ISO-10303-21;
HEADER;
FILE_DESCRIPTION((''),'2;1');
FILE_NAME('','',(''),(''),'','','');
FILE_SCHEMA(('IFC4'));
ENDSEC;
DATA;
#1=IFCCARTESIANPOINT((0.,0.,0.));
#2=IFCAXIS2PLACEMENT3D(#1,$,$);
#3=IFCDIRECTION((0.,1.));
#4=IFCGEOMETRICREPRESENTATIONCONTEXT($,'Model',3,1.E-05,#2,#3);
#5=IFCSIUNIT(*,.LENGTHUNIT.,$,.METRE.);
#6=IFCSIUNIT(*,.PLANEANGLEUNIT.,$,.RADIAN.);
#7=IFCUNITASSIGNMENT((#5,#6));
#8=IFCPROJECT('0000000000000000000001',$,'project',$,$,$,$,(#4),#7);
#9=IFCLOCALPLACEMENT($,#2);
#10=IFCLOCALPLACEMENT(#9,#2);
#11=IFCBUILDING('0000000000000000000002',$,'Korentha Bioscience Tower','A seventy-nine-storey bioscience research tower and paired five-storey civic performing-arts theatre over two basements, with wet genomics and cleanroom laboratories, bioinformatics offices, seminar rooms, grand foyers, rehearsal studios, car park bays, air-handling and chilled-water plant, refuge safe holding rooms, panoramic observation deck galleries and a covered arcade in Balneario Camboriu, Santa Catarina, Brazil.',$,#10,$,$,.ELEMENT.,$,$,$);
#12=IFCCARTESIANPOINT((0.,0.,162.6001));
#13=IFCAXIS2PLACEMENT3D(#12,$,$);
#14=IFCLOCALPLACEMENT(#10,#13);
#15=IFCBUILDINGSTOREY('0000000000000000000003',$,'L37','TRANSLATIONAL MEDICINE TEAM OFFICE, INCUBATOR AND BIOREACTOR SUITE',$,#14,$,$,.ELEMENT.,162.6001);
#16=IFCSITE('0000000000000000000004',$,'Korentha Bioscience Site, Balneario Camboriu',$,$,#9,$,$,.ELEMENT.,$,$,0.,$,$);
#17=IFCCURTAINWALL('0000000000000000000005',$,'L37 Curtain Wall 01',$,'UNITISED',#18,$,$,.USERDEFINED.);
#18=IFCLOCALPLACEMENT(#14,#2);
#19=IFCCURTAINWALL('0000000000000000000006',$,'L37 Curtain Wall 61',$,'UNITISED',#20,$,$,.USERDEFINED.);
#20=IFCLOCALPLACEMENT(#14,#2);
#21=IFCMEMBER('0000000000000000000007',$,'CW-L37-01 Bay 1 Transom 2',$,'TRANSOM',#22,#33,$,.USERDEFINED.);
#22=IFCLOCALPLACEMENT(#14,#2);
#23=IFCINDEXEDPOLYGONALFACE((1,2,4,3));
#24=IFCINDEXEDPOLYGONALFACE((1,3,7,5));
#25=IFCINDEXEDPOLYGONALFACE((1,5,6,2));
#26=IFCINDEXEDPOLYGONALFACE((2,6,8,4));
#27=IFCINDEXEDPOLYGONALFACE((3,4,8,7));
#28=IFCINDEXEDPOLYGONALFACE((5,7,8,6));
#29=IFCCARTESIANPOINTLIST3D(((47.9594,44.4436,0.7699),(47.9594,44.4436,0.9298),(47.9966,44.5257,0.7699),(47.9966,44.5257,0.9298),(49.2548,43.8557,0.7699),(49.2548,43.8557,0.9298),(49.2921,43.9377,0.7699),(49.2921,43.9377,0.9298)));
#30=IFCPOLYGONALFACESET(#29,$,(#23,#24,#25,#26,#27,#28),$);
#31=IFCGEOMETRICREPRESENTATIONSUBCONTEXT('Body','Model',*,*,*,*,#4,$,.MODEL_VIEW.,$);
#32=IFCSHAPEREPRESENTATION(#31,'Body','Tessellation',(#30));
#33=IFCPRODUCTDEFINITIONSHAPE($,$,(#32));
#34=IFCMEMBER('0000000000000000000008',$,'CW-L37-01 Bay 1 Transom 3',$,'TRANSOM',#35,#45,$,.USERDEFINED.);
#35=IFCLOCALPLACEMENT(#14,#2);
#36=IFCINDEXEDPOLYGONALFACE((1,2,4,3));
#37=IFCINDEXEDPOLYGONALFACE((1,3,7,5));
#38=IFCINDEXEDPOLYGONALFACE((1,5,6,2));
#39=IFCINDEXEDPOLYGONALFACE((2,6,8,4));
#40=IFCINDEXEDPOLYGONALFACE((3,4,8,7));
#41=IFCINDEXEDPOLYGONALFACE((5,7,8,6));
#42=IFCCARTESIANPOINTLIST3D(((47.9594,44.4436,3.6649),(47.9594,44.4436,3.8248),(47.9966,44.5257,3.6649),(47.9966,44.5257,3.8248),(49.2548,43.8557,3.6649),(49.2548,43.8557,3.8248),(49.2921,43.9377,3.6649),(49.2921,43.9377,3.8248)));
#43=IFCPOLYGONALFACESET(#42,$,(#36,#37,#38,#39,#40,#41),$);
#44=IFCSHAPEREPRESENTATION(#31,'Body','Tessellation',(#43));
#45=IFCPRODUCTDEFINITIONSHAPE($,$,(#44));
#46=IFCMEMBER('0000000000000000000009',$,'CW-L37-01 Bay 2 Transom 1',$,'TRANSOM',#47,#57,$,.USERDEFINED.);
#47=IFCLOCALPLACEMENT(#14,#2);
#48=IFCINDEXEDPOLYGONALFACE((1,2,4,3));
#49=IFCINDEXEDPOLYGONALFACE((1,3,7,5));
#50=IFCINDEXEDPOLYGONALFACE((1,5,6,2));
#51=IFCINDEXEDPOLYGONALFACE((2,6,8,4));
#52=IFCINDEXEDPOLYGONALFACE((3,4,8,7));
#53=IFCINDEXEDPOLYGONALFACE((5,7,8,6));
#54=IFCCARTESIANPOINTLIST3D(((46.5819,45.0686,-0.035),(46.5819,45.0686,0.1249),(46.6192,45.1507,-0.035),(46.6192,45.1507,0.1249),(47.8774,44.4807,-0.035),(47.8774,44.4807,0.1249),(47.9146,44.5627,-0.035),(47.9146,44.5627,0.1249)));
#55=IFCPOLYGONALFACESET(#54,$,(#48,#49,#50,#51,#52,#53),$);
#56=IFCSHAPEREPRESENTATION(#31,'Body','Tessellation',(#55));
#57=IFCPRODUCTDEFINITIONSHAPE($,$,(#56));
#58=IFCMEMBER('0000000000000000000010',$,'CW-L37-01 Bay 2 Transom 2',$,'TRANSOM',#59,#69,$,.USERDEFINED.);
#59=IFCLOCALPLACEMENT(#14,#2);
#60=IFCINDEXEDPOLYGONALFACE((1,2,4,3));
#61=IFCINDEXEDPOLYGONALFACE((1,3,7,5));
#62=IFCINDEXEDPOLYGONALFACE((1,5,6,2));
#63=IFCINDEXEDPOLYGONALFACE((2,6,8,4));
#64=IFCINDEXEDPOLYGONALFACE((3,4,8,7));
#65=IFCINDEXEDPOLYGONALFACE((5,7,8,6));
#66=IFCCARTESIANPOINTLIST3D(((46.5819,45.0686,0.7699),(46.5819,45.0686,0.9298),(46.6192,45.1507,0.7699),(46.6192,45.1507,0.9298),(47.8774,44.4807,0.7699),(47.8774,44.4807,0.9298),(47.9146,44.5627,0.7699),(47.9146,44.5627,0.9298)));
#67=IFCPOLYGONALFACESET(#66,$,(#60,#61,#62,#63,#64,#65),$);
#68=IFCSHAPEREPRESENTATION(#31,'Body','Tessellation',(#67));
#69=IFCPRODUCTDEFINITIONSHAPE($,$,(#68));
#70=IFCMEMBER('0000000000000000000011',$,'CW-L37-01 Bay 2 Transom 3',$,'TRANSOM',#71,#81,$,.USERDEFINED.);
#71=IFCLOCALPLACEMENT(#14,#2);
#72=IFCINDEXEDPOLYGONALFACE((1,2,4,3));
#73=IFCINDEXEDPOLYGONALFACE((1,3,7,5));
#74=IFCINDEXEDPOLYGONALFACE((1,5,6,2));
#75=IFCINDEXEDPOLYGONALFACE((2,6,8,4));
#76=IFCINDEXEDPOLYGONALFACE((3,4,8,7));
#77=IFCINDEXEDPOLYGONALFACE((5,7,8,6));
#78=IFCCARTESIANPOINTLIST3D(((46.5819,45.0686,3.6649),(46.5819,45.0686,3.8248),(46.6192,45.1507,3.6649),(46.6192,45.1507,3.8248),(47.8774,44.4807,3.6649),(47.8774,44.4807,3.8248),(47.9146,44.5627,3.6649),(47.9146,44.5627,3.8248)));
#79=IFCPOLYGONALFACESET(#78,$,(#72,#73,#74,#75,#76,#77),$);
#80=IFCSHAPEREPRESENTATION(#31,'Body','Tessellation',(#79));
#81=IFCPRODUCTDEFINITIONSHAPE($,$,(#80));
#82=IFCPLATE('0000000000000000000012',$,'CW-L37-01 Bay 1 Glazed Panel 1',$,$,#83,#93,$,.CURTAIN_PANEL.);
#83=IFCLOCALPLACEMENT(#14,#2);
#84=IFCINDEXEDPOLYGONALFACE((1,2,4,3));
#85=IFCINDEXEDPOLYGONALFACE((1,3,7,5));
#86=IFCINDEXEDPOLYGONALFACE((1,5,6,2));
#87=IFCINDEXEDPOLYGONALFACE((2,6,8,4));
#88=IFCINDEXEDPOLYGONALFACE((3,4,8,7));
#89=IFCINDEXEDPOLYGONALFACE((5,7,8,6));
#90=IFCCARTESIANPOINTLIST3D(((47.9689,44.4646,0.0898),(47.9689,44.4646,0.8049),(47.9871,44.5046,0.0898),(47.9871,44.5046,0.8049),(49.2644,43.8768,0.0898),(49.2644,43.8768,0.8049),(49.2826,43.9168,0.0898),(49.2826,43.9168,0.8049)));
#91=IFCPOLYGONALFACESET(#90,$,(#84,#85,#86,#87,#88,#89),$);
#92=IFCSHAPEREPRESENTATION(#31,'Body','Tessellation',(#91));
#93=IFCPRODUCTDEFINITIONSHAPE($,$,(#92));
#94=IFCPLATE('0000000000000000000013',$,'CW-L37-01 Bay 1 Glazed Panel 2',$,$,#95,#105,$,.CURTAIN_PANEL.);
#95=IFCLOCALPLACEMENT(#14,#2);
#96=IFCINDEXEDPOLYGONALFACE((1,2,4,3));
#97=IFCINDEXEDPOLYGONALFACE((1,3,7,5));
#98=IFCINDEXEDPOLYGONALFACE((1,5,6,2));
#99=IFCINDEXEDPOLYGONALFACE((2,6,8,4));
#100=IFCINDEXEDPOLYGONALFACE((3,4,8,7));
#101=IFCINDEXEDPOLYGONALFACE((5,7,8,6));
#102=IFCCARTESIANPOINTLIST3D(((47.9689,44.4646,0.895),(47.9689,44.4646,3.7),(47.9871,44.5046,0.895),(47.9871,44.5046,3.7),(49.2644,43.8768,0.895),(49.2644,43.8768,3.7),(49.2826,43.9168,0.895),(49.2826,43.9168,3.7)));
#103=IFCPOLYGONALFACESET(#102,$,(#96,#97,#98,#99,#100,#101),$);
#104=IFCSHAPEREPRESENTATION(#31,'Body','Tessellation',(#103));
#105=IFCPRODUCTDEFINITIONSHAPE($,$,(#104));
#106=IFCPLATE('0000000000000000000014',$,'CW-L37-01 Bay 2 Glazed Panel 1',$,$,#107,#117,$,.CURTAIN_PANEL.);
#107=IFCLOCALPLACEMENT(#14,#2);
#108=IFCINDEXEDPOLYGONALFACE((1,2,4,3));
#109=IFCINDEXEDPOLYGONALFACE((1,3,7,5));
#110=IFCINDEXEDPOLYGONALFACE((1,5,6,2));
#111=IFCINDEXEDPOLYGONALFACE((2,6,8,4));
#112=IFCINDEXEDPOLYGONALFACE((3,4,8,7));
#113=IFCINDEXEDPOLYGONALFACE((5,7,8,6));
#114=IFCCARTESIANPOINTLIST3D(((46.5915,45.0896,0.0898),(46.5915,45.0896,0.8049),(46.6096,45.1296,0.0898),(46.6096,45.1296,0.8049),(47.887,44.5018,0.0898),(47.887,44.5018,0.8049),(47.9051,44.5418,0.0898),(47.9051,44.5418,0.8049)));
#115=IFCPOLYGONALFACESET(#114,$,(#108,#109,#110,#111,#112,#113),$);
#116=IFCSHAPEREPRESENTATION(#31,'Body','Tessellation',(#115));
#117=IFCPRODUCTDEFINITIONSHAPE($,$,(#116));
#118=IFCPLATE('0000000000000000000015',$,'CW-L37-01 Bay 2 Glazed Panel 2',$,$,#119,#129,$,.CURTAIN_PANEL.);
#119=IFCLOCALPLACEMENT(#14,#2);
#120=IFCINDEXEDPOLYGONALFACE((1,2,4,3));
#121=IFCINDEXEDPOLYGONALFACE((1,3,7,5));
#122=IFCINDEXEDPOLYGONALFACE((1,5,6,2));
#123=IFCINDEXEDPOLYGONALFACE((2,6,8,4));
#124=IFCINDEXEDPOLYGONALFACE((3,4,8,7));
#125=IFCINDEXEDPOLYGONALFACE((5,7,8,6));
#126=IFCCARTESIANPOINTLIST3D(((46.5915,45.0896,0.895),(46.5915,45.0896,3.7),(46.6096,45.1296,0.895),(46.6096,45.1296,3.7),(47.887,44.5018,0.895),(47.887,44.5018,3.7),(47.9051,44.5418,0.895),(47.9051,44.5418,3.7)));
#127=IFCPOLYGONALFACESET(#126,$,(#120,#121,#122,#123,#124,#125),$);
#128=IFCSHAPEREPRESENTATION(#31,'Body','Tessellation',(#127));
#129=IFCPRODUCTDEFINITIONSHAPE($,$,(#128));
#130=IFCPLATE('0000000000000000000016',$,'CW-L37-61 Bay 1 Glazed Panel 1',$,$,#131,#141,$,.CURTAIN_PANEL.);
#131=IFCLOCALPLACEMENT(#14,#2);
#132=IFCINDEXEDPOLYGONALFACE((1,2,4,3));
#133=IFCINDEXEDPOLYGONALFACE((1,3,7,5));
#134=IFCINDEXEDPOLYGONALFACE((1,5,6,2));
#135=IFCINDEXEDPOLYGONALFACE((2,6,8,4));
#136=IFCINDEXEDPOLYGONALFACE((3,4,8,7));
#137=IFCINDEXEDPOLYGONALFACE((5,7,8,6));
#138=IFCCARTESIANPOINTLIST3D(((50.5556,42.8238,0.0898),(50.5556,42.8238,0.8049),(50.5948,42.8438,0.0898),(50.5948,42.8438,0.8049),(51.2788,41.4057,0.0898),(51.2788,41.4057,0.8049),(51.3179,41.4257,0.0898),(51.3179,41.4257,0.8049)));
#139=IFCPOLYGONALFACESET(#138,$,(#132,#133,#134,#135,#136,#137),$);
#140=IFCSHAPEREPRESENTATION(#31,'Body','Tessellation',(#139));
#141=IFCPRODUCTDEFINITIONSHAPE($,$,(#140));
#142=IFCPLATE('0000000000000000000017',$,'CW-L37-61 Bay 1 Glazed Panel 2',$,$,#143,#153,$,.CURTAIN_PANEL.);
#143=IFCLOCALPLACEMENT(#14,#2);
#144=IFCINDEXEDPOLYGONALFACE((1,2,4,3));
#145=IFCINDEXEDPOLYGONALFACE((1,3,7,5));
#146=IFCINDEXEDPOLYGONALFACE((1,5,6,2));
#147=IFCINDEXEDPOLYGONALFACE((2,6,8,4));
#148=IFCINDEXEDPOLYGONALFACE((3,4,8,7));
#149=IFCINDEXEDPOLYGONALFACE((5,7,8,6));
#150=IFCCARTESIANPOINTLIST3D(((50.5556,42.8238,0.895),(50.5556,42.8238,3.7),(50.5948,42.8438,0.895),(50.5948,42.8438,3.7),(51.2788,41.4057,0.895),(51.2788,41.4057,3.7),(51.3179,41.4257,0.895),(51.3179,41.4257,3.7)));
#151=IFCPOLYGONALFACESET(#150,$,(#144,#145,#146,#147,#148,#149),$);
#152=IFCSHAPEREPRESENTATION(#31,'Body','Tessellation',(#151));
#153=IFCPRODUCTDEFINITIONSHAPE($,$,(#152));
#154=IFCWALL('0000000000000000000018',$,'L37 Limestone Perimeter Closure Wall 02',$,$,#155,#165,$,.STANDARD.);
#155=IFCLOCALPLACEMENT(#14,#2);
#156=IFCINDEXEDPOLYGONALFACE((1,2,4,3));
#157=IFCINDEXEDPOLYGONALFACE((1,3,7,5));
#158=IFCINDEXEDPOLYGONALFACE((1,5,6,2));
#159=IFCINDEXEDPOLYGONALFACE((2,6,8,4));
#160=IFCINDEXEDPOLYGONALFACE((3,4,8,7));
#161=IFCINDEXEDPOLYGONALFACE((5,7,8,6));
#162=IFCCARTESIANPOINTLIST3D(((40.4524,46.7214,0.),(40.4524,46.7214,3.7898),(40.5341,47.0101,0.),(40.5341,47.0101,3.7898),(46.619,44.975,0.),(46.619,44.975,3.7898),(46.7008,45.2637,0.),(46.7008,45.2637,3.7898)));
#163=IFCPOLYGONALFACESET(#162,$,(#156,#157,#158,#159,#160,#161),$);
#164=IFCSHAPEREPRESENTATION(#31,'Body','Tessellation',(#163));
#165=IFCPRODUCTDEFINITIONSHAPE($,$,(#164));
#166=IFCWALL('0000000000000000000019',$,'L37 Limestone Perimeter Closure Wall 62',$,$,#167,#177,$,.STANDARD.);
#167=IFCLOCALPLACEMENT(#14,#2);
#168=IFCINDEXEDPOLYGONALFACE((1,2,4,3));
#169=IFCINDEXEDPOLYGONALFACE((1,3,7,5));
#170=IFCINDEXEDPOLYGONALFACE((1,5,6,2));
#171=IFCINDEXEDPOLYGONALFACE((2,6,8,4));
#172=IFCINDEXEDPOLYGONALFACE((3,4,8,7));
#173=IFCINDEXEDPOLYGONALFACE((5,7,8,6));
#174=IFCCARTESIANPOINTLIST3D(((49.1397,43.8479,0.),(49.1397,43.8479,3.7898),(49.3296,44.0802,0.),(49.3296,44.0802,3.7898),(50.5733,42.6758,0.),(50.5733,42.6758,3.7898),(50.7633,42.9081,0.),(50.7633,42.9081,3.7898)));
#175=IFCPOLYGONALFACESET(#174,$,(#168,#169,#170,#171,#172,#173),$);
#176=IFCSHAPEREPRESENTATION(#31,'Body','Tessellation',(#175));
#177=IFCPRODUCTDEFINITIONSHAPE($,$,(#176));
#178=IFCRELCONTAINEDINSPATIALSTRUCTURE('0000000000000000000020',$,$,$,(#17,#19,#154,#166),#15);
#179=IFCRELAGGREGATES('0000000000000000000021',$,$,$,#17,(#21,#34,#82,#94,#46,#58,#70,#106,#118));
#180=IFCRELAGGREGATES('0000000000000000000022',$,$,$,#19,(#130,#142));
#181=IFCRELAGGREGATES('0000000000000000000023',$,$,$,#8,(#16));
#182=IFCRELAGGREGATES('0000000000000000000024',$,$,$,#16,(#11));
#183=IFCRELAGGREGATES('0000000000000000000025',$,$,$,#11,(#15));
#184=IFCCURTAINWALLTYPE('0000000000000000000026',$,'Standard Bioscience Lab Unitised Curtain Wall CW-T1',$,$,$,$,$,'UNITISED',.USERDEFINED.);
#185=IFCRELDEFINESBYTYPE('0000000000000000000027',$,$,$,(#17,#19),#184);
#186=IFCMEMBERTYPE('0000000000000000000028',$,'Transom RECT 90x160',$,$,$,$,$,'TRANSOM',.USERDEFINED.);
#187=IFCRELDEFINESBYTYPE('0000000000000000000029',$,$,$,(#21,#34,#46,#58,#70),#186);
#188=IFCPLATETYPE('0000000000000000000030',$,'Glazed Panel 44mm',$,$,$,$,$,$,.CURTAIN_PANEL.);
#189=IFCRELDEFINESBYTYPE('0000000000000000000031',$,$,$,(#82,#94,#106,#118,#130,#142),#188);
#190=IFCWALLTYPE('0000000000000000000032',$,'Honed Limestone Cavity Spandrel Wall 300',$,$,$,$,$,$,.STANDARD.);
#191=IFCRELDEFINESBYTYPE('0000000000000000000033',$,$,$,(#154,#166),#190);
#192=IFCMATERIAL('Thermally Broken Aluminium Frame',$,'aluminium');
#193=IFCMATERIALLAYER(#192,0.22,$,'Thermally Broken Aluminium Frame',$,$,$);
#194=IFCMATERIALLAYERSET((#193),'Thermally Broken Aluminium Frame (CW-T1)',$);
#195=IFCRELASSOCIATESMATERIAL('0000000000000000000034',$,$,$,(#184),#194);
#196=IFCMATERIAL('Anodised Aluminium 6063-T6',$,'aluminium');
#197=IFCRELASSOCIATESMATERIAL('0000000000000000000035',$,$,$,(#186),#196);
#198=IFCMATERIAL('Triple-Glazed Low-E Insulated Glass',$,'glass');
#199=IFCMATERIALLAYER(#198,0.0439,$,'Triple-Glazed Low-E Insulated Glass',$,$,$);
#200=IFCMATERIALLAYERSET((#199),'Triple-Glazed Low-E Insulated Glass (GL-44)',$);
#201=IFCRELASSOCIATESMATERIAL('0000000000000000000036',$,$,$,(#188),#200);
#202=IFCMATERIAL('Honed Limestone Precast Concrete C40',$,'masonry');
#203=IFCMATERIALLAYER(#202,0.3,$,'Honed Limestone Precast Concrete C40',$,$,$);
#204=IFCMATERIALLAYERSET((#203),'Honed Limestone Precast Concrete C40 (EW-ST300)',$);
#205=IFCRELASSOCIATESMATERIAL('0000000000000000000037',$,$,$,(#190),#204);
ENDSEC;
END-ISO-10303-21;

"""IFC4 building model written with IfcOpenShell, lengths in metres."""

from ifc_helpers import new_model, si_unit, direction, frame, frame_2d, origin, origin_2d, place, context, subcontext, project, spatial, rectangle, extrude, material, layer, layer_set, material_profile, profile_set, type_object, element, aggregate, save


model = new_model("IFC4")

# Units and contexts
model_context = context("Model", 3, precision=1e-05, world=origin(), true_north=direction((0.0, 1.0)))
body_context = subcontext(model_context, "Body", "Model", "MODEL_VIEW")
ifc_project = project(units=[si_unit("LENGTHUNIT", "METRE"), si_unit("PLANEANGLEUNIT", "RADIAN")], contexts=[model_context])

# Site, building, storey
site_placement = place(None, origin())
site = spatial("IfcSite", under=ifc_project, at=site_placement, Name="Korentha Bioscience Site, Balneario Camboriu", CompositionType="ELEMENT", RefElevation=0.0)
building_placement = place(site_placement, origin())
building = spatial("IfcBuilding", under=site, at=building_placement, Name="Korentha Bioscience Tower", Description="A seventy-nine-storey bioscience research tower and paired five-storey civic performing-arts theatre over two basements, with wet genomics and cleanroom laboratories, bioinformatics offices, seminar rooms, grand foyers, rehearsal studios, car park bays, air-handling and chilled-water plant, refuge safe holding rooms, panoramic observation deck galleries and a covered arcade in Balneario Camboriu, Santa Catarina, Brazil.", CompositionType="ELEMENT")
storey_placement = place(building_placement, frame((0.0, 0.0, 162.6001)))
storey = spatial("IfcBuildingStorey", under=building, at=storey_placement, Name="L37", Description="TRANSLATIONAL MEDICINE TEAM OFFICE, INCUBATOR AND BIOREACTOR SUITE", CompositionType="ELEMENT", Elevation=162.6001)

# Curtain wall
ifc_material_1 = material(Name="Thermally Broken Aluminium Frame", Category="aluminium")
ifc_layer_1 = layer(ifc_material_1, 0.22, Name="Thermally Broken Aluminium Frame")
ifc_layer_set_1 = layer_set([ifc_layer_1], Name="Thermally Broken Aluminium Frame (CW-T1)")
curtain_wall_type = type_object("IfcCurtainWallType", Name="Standard Bioscience Lab Unitised Curtain Wall CW-T1", ElementType="UNITISED", PredefinedType="USERDEFINED", material=ifc_layer_set_1)
curtain_wall_1_placement = place(storey_placement, origin())
curtain_wall_1 = element("IfcCurtainWall", 1, at=curtain_wall_1_placement, inside=storey, type_object=curtain_wall_type, Name="L37 Curtain Wall 01", ObjectType="UNITISED", PredefinedType="USERDEFINED")
ifc_material_2 = material(Name="Anodised Aluminium 6063-T6", Category="aluminium")

# Curtain wall
curtain_wall_2_placement = place(storey_placement, origin())
curtain_wall_2 = element("IfcCurtainWall", 2, at=curtain_wall_2_placement, inside=storey, type_object=curtain_wall_type, Name="L37 Curtain Wall 61", ObjectType="UNITISED", PredefinedType="USERDEFINED")

# Members
ifc_material_profile_1 = material_profile(ifc_material_2, rectangle(XDim=0.0901, YDim=0.1599, at=origin_2d()), Name="Anodised Aluminium 6063-T6")
ifc_profile_set_1 = profile_set([ifc_material_profile_1], Name="Anodised Aluminium 6063-T6 (CW-TRN)")
member_type_1 = type_object("IfcMemberType", Name="Transom RECT 90x160", ElementType="TRANSOM", PredefinedType="USERDEFINED", material=ifc_profile_set_1)
member_1_placement = place(storey_placement, frame((49.2734, 43.8967, 0.8499), z_axis=(-0.910613, 0.41326, 0.0), x_axis=(-0.41326, -0.910613, 0.0)))
member_1 = element("IfcMember", 3, at=member_1_placement, type_object=member_type_1, Name="CW-L37-01 Bay 1 Transom 2", ObjectType="TRANSOM", PredefinedType="USERDEFINED", context=body_context, shape_type="SweptSolid", body=[
    extrude(rectangle(XDim=0.0901, YDim=0.1599, at=origin_2d()), origin(), (0.0, 0.0, 1.0), 1.4226),
])
member_2_placement = place(storey_placement, frame((49.2734, 43.8967, 3.7449), z_axis=(-0.910613, 0.41326, 0.0), x_axis=(-0.41326, -0.910613, 0.0)))
member_2 = element("IfcMember", 4, at=member_2_placement, type_object=member_type_1, Name="CW-L37-01 Bay 1 Transom 3", ObjectType="TRANSOM", PredefinedType="USERDEFINED", context=body_context, shape_type="SweptSolid", body=[
    extrude(rectangle(XDim=0.0901, YDim=0.1599, at=origin_2d()), origin(), (0.0, 0.0, 1.0), 1.4226),
])
member_3_placement = place(storey_placement, frame((47.896, 44.5217, 0.0449), z_axis=(-0.910613, 0.41326, 0.0), x_axis=(-0.41326, -0.910613, 0.0)))
member_3 = element("IfcMember", 5, at=member_3_placement, type_object=member_type_1, Name="CW-L37-01 Bay 2 Transom 1", ObjectType="TRANSOM", PredefinedType="USERDEFINED", context=body_context, shape_type="SweptSolid", body=[
    extrude(rectangle(XDim=0.0901, YDim=0.1599, at=origin_2d()), origin(), (0.0, 0.0, 1.0), 1.4226),
])
member_4_placement = place(storey_placement, frame((47.896, 44.5217, 0.8499), z_axis=(-0.910613, 0.41326, 0.0), x_axis=(-0.41326, -0.910613, 0.0)))
member_4 = element("IfcMember", 6, at=member_4_placement, type_object=member_type_1, Name="CW-L37-01 Bay 2 Transom 2", ObjectType="TRANSOM", PredefinedType="USERDEFINED", context=body_context, shape_type="SweptSolid", body=[
    extrude(rectangle(XDim=0.0901, YDim=0.1599, at=origin_2d()), origin(), (0.0, 0.0, 1.0), 1.4226),
])
member_5_placement = place(storey_placement, frame((47.896, 44.5217, 3.7449), z_axis=(-0.910613, 0.41326, 0.0), x_axis=(-0.41326, -0.910613, 0.0)))
member_5 = element("IfcMember", 7, at=member_5_placement, type_object=member_type_1, Name="CW-L37-01 Bay 2 Transom 3", ObjectType="TRANSOM", PredefinedType="USERDEFINED", context=body_context, shape_type="SweptSolid", body=[
    extrude(rectangle(XDim=0.0901, YDim=0.1599, at=origin_2d()), origin(), (0.0, 0.0, 1.0), 1.4226),
])

# Plates
ifc_material_3 = material(Name="Triple-Glazed Low-E Insulated Glass", Category="glass")
ifc_layer_2 = layer(ifc_material_3, 0.0439, Name="Triple-Glazed Low-E Insulated Glass")
ifc_layer_set_2 = layer_set([ifc_layer_2], Name="Triple-Glazed Low-E Insulated Glass (GL-44)")
plate_type = type_object("IfcPlateType", Name="Glazed Panel 44mm", PredefinedType="CURTAIN_PANEL", material=ifc_layer_set_2)
plate_1_placement = place(storey_placement, frame((48.6257, 44.1907, 0.0898), z_axis=(0.0, 0.0, 1.0), x_axis=(-0.910644, 0.413191, 0.0)))
plate_1 = element("IfcPlate", 8, at=plate_1_placement, type_object=plate_type, Name="CW-L37-01 Bay 1 Glazed Panel 1", PredefinedType="CURTAIN_PANEL", context=body_context, shape_type="SweptSolid", body=[
    extrude(rectangle(XDim=1.4226, YDim=0.0439, at=origin_2d()), origin(), (0.0, 0.0, 1.0), 0.7151),
])
plate_2_placement = place(storey_placement, frame((48.6257, 44.1907, 0.895), z_axis=(0.0, 0.0, 1.0), x_axis=(-0.910644, 0.413191, 0.0)))
plate_2 = element("IfcPlate", 9, at=plate_2_placement, type_object=plate_type, Name="CW-L37-01 Bay 1 Glazed Panel 2", PredefinedType="CURTAIN_PANEL", context=body_context, shape_type="SweptSolid", body=[
    extrude(rectangle(XDim=1.4226, YDim=0.0439, at=origin_2d()), origin(), (0.0, 0.0, 1.0), 2.8049),
])
plate_3_placement = place(storey_placement, frame((47.2483, 44.8157, 0.0898), z_axis=(0.0, 0.0, 1.0), x_axis=(-0.910644, 0.413191, 0.0)))
plate_3 = element("IfcPlate", 10, at=plate_3_placement, type_object=plate_type, Name="CW-L37-01 Bay 2 Glazed Panel 1", PredefinedType="CURTAIN_PANEL", context=body_context, shape_type="SweptSolid", body=[
    extrude(rectangle(XDim=1.4226, YDim=0.0439, at=origin_2d()), origin(), (0.0, 0.0, 1.0), 0.7151),
])
plate_4_placement = place(storey_placement, frame((47.2483, 44.8157, 0.895), z_axis=(0.0, 0.0, 1.0), x_axis=(-0.910644, 0.413191, 0.0)))
plate_4 = element("IfcPlate", 11, at=plate_4_placement, type_object=plate_type, Name="CW-L37-01 Bay 2 Glazed Panel 2", PredefinedType="CURTAIN_PANEL", context=body_context, shape_type="SweptSolid", body=[
    extrude(rectangle(XDim=1.4226, YDim=0.0439, at=origin_2d()), origin(), (0.0, 0.0, 1.0), 2.8049),
])
aggregate(curtain_wall_1, [member_1, member_2, plate_1, plate_2, member_3, member_4, member_5, plate_3, plate_4])
plate_5_placement = place(storey_placement, frame((50.9368, 42.1248, 0.0898), z_axis=(0.0, 0.0, 1.0), x_axis=(-0.454288, 0.890855, 0.0)))
plate_5 = element("IfcPlate", 12, at=plate_5_placement, type_object=plate_type, Name="CW-L37-61 Bay 1 Glazed Panel 1", PredefinedType="CURTAIN_PANEL", context=body_context, shape_type="SweptSolid", body=[
    extrude(rectangle(XDim=1.5918, YDim=0.0439, at=origin_2d()), origin(), (0.0, 0.0, 1.0), 0.7151),
])
plate_6_placement = place(storey_placement, frame((50.9368, 42.1248, 0.895), z_axis=(0.0, 0.0, 1.0), x_axis=(-0.454288, 0.890855, 0.0)))
plate_6 = element("IfcPlate", 13, at=plate_6_placement, type_object=plate_type, Name="CW-L37-61 Bay 1 Glazed Panel 2", PredefinedType="CURTAIN_PANEL", context=body_context, shape_type="SweptSolid", body=[
    extrude(rectangle(XDim=1.5918, YDim=0.0439, at=origin_2d()), origin(), (0.0, 0.0, 1.0), 2.8049),
])
aggregate(curtain_wall_2, [plate_5, plate_6])

# Shared definitions
ifc_material_4 = material(Name="Honed Limestone Precast Concrete C40", Category="masonry")
ifc_layer_3 = layer(ifc_material_4, 0.3, Name="Honed Limestone Precast Concrete C40")
ifc_layer_set_3 = layer_set([ifc_layer_3], Name="Honed Limestone Precast Concrete C40 (EW-ST300)")
wall_type = type_object("IfcWallType", Name="Honed Limestone Cavity Spandrel Wall 300", PredefinedType="STANDARD", material=ifc_layer_set_3)

# Walls
wall_1_placement = place(storey_placement, frame((46.6599, 45.1194, 0.0), z_axis=(0.0, 0.0, 1.0), x_axis=(-0.962164, 0.272472, 0.0)))
element("IfcWall", 14, at=wall_1_placement, inside=storey, type_object=wall_type, Name="L37 Limestone Perimeter Closure Wall 02", PredefinedType="STANDARD", context=body_context, shape_type="SweptSolid", body=[
    extrude(rectangle(XDim=6.4092, YDim=0.3, at=frame_2d((3.2046, 0.0))), origin(), (0.0, 0.0, 1.0), 3.7898),
])
wall_2_placement = place(storey_placement, frame((50.6682, 42.792, 0.0), z_axis=(0.0, 0.0, 1.0), x_axis=(-0.774175, 0.632972, 0.0)))
element("IfcWall", 15, at=wall_2_placement, inside=storey, type_object=wall_type, Name="L37 Limestone Perimeter Closure Wall 62", PredefinedType="STANDARD", context=body_context, shape_type="SweptSolid", body=[
    extrude(rectangle(XDim=1.8518, YDim=0.3, at=frame_2d((0.9258, 0.0))), origin(), (0.0, 0.0, 1.0), 3.7898),
])

save(model, "model.ifc")
